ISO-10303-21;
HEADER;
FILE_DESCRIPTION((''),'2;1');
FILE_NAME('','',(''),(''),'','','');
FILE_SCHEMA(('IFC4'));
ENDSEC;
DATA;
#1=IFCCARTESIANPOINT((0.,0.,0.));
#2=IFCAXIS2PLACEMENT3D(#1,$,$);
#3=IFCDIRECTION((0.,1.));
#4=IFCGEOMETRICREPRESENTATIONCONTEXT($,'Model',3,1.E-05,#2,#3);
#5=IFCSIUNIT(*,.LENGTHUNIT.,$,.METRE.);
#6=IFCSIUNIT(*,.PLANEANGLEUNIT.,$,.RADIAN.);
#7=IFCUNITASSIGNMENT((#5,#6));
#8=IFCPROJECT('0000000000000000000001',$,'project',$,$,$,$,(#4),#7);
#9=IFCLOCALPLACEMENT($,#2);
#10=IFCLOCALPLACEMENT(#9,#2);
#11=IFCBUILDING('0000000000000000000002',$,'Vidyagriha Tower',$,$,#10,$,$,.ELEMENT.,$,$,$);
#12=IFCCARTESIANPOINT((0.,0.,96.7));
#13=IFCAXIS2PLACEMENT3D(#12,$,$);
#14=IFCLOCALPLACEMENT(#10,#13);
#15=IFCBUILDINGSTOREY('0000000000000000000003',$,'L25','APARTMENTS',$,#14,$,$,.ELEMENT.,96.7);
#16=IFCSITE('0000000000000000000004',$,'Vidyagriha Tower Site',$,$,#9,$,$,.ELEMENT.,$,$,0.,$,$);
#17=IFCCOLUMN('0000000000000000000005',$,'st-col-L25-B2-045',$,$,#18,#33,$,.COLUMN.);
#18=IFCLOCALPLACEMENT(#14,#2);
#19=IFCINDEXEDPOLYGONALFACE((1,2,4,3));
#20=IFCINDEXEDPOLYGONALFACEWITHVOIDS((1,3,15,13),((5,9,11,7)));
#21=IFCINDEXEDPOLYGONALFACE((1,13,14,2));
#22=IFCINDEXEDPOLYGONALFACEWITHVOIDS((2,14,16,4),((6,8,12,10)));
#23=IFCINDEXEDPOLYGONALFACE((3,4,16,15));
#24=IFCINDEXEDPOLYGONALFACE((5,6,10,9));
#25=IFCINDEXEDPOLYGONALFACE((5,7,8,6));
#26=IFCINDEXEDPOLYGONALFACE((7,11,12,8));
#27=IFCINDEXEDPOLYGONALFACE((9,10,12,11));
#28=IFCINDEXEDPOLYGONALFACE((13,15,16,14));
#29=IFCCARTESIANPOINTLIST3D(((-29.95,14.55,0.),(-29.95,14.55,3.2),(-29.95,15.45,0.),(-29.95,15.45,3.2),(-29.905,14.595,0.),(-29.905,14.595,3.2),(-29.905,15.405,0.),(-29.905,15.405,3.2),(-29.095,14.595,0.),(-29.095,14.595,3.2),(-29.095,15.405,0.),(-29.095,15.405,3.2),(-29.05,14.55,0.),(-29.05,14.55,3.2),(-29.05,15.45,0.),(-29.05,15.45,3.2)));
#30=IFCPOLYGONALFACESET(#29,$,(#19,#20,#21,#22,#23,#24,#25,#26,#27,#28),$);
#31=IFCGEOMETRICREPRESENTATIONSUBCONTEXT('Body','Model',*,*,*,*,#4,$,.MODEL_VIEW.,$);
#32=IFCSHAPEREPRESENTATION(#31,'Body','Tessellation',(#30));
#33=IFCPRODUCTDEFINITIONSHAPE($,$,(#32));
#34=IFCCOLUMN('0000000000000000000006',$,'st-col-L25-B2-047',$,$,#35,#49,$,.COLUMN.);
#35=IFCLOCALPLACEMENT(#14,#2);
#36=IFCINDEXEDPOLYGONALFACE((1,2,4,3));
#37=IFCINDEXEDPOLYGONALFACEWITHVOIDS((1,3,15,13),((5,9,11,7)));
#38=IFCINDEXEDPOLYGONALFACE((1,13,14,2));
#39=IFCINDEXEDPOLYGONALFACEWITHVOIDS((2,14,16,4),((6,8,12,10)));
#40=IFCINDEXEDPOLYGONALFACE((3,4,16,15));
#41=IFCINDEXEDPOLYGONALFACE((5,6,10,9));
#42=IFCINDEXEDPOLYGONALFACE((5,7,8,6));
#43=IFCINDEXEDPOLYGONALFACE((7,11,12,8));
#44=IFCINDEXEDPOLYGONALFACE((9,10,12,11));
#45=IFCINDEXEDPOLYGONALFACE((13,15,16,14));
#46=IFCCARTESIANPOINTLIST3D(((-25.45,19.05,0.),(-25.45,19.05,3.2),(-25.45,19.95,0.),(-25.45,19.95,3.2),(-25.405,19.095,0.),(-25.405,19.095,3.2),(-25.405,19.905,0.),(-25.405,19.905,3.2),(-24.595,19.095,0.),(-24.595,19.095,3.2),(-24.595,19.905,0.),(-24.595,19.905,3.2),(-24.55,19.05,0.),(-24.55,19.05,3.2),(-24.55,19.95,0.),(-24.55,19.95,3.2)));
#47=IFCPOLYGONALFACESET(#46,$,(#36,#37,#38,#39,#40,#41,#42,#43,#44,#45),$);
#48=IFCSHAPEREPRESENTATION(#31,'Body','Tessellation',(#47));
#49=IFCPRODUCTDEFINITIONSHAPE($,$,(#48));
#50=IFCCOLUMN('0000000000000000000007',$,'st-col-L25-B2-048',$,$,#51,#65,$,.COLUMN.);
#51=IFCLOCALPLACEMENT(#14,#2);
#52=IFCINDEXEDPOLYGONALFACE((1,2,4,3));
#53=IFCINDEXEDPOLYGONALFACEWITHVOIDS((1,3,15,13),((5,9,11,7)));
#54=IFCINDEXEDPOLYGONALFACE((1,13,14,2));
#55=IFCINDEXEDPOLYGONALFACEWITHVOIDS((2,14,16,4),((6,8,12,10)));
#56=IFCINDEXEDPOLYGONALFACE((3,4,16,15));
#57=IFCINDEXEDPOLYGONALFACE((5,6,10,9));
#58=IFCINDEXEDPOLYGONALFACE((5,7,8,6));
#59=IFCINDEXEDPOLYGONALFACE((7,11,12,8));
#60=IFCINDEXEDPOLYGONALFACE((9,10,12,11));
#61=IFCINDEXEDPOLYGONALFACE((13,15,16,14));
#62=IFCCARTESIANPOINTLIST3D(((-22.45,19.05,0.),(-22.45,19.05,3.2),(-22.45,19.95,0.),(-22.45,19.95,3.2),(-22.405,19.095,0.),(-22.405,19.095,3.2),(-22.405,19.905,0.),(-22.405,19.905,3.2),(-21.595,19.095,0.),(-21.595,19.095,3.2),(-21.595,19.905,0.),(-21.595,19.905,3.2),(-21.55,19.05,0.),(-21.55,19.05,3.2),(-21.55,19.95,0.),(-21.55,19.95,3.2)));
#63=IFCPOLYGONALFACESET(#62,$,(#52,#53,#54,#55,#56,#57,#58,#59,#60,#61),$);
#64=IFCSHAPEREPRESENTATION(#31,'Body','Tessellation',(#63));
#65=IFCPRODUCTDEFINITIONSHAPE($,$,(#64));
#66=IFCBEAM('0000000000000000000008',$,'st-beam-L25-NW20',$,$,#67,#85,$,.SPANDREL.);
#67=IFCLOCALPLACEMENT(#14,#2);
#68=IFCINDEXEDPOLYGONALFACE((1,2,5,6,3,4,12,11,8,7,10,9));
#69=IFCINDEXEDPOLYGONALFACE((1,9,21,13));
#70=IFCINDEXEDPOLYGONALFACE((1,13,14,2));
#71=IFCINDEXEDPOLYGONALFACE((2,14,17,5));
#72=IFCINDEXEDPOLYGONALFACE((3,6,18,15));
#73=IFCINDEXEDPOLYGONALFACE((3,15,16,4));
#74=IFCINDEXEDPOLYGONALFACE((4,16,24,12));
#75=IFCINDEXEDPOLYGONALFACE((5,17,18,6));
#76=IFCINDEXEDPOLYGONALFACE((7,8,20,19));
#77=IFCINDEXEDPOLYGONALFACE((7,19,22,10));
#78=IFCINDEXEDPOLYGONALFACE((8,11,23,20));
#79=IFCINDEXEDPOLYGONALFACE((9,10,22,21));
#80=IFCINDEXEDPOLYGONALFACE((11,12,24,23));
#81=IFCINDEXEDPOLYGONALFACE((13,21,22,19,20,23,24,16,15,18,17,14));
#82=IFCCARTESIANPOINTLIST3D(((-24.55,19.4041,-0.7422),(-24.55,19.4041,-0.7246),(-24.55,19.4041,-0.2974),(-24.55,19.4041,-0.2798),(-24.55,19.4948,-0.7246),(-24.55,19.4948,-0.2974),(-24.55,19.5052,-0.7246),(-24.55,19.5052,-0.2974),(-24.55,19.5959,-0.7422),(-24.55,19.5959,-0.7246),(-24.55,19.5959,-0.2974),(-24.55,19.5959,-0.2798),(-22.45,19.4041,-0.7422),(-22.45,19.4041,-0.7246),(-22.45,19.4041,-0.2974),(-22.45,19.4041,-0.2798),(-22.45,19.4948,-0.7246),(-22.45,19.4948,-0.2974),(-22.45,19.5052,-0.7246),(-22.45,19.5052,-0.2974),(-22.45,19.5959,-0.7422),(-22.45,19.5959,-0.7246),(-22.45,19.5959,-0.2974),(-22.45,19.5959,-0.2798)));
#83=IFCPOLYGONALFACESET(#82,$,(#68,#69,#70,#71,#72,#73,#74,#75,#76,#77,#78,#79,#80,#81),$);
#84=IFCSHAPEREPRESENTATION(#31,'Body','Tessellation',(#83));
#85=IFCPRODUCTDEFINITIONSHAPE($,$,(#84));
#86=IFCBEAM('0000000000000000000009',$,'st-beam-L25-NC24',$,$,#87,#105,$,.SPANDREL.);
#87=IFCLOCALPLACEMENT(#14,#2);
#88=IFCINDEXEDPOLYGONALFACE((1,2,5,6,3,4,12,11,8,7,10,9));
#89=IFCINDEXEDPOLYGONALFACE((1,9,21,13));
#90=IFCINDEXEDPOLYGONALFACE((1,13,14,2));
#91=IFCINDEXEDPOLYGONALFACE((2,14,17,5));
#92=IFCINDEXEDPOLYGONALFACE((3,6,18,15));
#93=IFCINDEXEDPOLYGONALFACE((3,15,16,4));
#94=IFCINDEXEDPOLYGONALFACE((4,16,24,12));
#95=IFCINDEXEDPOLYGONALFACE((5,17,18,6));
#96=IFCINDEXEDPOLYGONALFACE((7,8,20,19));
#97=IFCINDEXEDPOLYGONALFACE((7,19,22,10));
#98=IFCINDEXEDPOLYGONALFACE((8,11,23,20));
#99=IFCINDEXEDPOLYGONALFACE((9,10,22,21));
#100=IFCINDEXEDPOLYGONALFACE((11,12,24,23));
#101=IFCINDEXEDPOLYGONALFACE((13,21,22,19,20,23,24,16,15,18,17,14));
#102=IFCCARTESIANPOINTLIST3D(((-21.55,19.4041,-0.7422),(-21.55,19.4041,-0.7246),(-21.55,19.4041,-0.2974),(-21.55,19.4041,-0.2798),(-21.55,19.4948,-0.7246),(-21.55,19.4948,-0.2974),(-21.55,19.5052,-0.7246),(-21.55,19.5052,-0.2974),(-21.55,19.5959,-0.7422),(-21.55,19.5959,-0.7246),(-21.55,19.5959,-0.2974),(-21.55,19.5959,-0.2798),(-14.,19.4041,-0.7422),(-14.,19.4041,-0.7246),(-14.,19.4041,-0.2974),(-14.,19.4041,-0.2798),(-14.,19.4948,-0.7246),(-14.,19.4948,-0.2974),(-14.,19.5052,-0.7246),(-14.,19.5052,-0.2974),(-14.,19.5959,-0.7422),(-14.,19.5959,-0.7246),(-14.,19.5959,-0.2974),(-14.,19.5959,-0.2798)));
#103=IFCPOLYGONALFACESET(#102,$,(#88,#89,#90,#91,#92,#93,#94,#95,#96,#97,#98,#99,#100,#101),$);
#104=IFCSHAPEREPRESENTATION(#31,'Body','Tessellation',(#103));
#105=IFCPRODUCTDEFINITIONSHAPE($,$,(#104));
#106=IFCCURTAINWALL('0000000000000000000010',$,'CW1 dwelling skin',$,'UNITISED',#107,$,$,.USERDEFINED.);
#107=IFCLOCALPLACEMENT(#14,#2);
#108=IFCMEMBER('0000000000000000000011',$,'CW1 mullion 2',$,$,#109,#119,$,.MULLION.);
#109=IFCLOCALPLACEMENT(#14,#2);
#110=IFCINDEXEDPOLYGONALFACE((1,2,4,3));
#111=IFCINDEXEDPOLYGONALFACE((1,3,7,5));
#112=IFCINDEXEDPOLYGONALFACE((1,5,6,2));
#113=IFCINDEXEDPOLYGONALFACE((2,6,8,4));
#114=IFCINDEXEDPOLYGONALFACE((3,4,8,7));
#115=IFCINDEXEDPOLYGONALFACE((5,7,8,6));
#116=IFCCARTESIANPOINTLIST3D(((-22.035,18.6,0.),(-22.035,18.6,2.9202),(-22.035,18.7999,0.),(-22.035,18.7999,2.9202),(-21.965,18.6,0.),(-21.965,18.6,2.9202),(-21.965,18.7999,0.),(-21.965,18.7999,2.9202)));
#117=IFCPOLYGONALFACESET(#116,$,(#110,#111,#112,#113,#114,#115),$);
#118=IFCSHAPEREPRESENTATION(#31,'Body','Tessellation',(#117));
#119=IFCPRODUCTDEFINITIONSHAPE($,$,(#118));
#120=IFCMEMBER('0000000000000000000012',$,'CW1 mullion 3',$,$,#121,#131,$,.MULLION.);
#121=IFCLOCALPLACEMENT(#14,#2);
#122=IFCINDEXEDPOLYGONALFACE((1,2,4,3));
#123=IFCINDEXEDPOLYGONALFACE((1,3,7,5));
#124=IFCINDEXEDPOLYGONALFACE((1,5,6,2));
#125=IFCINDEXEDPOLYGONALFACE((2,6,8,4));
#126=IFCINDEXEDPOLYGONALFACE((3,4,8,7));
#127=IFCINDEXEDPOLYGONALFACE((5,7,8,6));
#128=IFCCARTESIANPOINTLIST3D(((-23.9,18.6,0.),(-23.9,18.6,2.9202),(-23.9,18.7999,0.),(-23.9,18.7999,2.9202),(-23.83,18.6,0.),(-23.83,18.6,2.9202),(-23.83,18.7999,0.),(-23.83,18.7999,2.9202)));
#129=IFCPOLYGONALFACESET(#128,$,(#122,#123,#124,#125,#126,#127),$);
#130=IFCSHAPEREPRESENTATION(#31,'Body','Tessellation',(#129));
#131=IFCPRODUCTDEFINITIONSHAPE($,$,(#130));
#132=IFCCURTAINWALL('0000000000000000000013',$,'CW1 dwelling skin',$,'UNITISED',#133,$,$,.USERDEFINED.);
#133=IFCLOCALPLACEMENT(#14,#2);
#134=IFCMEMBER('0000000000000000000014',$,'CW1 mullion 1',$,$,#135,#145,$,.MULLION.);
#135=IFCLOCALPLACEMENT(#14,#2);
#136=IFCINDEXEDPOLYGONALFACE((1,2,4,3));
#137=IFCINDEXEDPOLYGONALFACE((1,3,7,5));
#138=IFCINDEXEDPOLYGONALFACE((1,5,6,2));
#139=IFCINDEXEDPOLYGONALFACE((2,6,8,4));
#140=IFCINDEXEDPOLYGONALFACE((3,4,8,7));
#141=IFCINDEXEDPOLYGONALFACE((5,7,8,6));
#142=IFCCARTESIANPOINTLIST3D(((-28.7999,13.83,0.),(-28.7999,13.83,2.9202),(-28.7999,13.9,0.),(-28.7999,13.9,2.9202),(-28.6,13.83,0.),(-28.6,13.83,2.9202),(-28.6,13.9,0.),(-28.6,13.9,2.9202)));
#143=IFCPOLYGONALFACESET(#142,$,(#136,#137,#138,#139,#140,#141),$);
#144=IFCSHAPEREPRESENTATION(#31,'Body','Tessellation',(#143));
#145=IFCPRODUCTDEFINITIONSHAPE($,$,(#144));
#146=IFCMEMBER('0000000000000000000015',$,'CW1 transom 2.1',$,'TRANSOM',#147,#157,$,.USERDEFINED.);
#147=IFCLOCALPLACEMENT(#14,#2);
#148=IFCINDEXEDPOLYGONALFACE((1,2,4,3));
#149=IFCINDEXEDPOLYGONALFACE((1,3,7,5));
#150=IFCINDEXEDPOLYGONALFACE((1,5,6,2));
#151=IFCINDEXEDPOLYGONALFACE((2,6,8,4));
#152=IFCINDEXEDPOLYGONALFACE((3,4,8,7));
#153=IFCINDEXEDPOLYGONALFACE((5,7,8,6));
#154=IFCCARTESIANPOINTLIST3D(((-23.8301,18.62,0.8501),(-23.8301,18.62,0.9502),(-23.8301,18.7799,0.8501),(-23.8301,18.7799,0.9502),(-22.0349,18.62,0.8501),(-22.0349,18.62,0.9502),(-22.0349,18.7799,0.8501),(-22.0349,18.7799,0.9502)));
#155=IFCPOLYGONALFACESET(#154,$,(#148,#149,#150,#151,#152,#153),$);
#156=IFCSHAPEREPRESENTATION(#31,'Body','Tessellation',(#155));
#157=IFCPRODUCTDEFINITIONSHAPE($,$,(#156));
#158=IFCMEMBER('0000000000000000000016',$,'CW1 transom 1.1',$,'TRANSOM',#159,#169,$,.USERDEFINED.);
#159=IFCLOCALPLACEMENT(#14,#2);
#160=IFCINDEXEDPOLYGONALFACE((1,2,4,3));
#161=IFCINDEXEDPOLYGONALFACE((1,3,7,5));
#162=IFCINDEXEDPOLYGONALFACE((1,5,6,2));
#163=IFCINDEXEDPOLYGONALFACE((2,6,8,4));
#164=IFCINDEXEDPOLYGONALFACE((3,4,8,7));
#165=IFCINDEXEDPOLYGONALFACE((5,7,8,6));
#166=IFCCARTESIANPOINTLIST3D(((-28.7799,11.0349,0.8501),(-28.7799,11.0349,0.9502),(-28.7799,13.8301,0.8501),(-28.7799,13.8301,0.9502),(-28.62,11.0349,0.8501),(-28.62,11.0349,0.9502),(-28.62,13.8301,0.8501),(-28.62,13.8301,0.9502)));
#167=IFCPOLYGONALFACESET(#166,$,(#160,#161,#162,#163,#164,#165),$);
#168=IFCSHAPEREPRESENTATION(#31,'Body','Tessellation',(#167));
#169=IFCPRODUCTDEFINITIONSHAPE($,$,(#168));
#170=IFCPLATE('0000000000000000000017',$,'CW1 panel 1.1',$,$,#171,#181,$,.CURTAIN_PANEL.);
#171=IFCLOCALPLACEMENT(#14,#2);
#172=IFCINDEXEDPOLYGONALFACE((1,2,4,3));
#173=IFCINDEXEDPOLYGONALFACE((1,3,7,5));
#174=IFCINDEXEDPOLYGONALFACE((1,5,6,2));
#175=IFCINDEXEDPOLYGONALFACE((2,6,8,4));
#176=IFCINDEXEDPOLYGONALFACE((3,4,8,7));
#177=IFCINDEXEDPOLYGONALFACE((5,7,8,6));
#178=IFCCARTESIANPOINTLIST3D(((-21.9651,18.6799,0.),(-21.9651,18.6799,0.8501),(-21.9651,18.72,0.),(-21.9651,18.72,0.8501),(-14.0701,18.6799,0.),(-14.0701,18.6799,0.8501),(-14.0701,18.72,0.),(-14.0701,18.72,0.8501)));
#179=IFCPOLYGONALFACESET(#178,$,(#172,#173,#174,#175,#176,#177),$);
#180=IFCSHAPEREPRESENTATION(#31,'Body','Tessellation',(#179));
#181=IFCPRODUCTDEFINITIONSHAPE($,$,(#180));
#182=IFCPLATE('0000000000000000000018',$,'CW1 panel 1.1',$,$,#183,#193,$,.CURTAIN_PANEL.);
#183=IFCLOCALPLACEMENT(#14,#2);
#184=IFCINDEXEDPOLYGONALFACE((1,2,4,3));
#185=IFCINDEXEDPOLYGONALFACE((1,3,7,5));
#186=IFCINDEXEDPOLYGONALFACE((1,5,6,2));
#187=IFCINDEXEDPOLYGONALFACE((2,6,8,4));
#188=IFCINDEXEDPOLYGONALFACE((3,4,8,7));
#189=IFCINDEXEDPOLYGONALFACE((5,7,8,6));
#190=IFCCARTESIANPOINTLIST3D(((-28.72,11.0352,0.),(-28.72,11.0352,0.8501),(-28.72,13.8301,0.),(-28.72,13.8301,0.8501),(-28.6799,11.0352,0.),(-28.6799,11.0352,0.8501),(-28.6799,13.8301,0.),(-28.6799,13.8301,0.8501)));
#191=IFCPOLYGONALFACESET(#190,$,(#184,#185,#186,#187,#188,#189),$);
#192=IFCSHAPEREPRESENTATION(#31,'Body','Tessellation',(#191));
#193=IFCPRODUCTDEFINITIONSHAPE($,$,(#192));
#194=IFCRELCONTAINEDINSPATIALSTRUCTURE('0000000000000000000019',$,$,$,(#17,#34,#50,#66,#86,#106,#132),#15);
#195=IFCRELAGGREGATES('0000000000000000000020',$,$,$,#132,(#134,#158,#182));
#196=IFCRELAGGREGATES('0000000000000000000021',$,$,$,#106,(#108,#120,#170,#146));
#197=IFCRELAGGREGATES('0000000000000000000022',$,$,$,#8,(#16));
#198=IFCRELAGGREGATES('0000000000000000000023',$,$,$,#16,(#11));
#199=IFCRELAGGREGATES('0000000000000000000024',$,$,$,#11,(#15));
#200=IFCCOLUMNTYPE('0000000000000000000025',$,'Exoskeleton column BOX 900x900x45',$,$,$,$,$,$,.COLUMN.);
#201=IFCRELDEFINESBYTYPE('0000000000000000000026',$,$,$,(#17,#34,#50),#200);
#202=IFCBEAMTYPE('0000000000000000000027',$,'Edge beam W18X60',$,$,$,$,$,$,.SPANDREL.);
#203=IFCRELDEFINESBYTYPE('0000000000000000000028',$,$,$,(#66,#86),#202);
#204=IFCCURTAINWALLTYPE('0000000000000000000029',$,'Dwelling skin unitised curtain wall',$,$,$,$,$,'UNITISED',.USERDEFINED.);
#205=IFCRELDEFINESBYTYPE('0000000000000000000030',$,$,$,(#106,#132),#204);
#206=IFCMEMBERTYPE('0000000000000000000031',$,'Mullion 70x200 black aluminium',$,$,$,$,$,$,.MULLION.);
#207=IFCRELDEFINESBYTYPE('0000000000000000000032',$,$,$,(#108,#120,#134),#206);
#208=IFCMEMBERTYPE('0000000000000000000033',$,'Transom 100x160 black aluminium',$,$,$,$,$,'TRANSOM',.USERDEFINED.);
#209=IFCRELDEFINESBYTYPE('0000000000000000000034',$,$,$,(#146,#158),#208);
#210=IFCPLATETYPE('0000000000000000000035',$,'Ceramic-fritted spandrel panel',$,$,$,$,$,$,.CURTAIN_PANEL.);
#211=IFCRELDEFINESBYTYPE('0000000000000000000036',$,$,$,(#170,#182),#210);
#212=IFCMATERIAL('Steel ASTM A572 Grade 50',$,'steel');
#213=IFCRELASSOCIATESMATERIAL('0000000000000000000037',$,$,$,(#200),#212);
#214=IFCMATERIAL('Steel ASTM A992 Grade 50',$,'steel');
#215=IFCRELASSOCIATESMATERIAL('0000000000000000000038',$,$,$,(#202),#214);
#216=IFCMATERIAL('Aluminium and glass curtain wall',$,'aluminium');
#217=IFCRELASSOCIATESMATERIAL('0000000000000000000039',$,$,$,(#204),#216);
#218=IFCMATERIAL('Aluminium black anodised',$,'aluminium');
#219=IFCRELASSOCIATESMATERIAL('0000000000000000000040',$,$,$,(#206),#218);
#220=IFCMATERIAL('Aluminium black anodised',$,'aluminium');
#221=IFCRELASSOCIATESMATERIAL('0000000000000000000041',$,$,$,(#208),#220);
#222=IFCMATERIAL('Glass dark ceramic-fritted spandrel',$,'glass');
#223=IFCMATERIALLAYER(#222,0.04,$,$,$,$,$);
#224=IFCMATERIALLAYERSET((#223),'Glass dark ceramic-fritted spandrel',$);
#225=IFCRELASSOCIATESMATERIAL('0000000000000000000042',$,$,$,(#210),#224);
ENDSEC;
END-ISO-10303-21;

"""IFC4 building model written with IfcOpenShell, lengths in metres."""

from ifc_helpers import new_model, si_unit, direction, frame, origin, origin_2d, place, context, subcontext, project, spatial, rectangle, hollow_rectangle, i_section, extrude, material, layer, layer_set, material_profile, profile_set, type_object, element, aggregate, save


model = new_model("IFC4")

# Units and contexts
model_context = context("Model", 3, precision=1e-05, world=origin(), true_north=direction((0.0, 1.0)))
body_context = subcontext(model_context, "Body", "Model", "MODEL_VIEW")
ifc_project = project(units=[si_unit("LENGTHUNIT", "METRE"), si_unit("PLANEANGLEUNIT", "RADIAN")], contexts=[model_context])

# Site, building, storey
site_placement = place(None, origin())
site = spatial("IfcSite", under=ifc_project, at=site_placement, Name="Vidyagriha Tower Site", CompositionType="ELEMENT", RefElevation=0.0)
building_placement = place(site_placement, origin())
building = spatial("IfcBuilding", under=site, at=building_placement, Name="Vidyagriha Tower", CompositionType="ELEMENT")
storey_placement = place(building_placement, frame((0.0, 0.0, 96.7)))
storey = spatial("IfcBuildingStorey", under=building, at=storey_placement, Name="L25", Description="APARTMENTS", CompositionType="ELEMENT", Elevation=96.7)

# Columns
ifc_material_1 = material(Name="Steel ASTM A572 Grade 50", Category="steel")
ifc_material_profile_1 = material_profile(ifc_material_1, hollow_rectangle(XDim=0.8999, YDim=0.8999, WallThickness=0.0449, at=origin_2d()), Name="BOX 900x900x45")
ifc_profile_set_1 = profile_set([ifc_material_profile_1], Name="Steel ASTM A572 Grade 50")
column_type = type_object("IfcColumnType", Name="Exoskeleton column BOX 900x900x45", PredefinedType="COLUMN", material=ifc_profile_set_1)
for number, where, name in (
    (1, (-29.5, 15.0, 0.0), "st-col-L25-B2-045"),
    (2, (-25.0, 19.5, 0.0), "st-col-L25-B2-047"),
    (3, (-22.0, 19.5, 0.0), "st-col-L25-B2-048"),
):
    element("IfcColumn", number, at=place(storey_placement, frame(where)), inside=storey, type_object=column_type, Name=name, PredefinedType="COLUMN", context=body_context, shape_type="SweptSolid", body=[
        extrude(hollow_rectangle(XDim=0.8999, YDim=0.8999, WallThickness=0.0449, at=origin_2d()), origin(), (0.0, 0.0, 1.0), 3.2),
    ])

# Beams
ifc_material_2 = material(Name="Steel ASTM A992 Grade 50", Category="steel")
ifc_material_profile_2 = material_profile(ifc_material_2, i_section(OverallWidth=0.1919, OverallDepth=0.4624, WebThickness=0.0105, FlangeThickness=0.0176, at=origin_2d()), Name="W18X60")
ifc_profile_set_2 = profile_set([ifc_material_profile_2], Name="Steel ASTM A992 Grade 50")
beam_type = type_object("IfcBeamType", Name="Edge beam W18X60", PredefinedType="SPANDREL", material=ifc_profile_set_2)
beam_1_placement = place(storey_placement, frame((-24.55, 19.5, -0.511), z_axis=(1.0, 0.0, 0.0), x_axis=(0.0, 1.0, 0.0)))
element("IfcBeam", 4, at=beam_1_placement, inside=storey, type_object=beam_type, Name="st-beam-L25-NW20", PredefinedType="SPANDREL", context=body_context, shape_type="SweptSolid", body=[
    extrude(i_section(OverallWidth=0.1919, OverallDepth=0.4624, WebThickness=0.0105, FlangeThickness=0.0176, at=origin_2d()), origin(), (0.0, 0.0, 1.0), 2.1001),
])
beam_2_placement = place(storey_placement, frame((-21.55, 19.5, -0.511), z_axis=(1.0, 0.0, 0.0), x_axis=(0.0, 1.0, 0.0)))
element("IfcBeam", 5, at=beam_2_placement, inside=storey, type_object=beam_type, Name="st-beam-L25-NC24", PredefinedType="SPANDREL", context=body_context, shape_type="SweptSolid", body=[
    extrude(i_section(OverallWidth=0.1919, OverallDepth=0.4624, WebThickness=0.0105, FlangeThickness=0.0176, at=origin_2d()), origin(), (0.0, 0.0, 1.0), 7.55),
])

# Curtain wall, members
ifc_material_3 = material(Name="Aluminium and glass curtain wall", Category="aluminium")
curtain_wall_type = type_object("IfcCurtainWallType", Name="Dwelling skin unitised curtain wall", ElementType="UNITISED", PredefinedType="USERDEFINED", material=ifc_material_3)
curtain_wall_1_placement = place(storey_placement, origin())
curtain_wall_1 = element("IfcCurtainWall", 6, at=curtain_wall_1_placement, inside=storey, type_object=curtain_wall_type, Name="CW1 dwelling skin", ObjectType="UNITISED", PredefinedType="USERDEFINED")
ifc_material_4 = material(Name="Aluminium black anodised", Category="aluminium")
ifc_material_profile_3 = material_profile(ifc_material_4, rectangle(XDim=0.2, YDim=0.0701, at=origin_2d()), Name="Mullion 70x200 black aluminium")
ifc_profile_set_3 = profile_set([ifc_material_profile_3], Name="Aluminium black anodised")
member_type_1 = type_object("IfcMemberType", Name="Mullion 70x200 black aluminium", PredefinedType="MULLION", material=ifc_profile_set_3)
member_1_placement = place(storey_placement, frame((-22.0, 18.7, 0.0), z_axis=(0.0, 0.0, 1.0), x_axis=(0.0, -1.0, 0.0)))
member_1 = element("IfcMember", 7, at=member_1_placement, type_object=member_type_1, Name="CW1 mullion 2", PredefinedType="MULLION", context=body_context, shape_type="SweptSolid", body=[
    extrude(rectangle(XDim=0.2, YDim=0.0701, at=origin_2d()), origin(), (0.0, 0.0, 1.0), 2.9202),
])
member_2_placement = place(storey_placement, frame((-23.865, 18.7, 0.0), z_axis=(0.0, 0.0, 1.0), x_axis=(0.0, -1.0, 0.0)))
member_2 = element("IfcMember", 8, at=member_2_placement, type_object=member_type_1, Name="CW1 mullion 3", PredefinedType="MULLION", context=body_context, shape_type="SweptSolid", body=[
    extrude(rectangle(XDim=0.2, YDim=0.0701, at=origin_2d()), origin(), (0.0, 0.0, 1.0), 2.9202),
])

# Curtain wall, member
curtain_wall_2_placement = place(storey_placement, origin())
curtain_wall_2 = element("IfcCurtainWall", 9, at=curtain_wall_2_placement, inside=storey, type_object=curtain_wall_type, Name="CW1 dwelling skin", ObjectType="UNITISED", PredefinedType="USERDEFINED")
member_3_placement = place(storey_placement, frame((-28.7, 13.865, 0.0)))
member_3 = element("IfcMember", 10, at=member_3_placement, type_object=member_type_1, Name="CW1 mullion 1", PredefinedType="MULLION", context=body_context, shape_type="SweptSolid", body=[
    extrude(rectangle(XDim=0.2, YDim=0.0701, at=origin_2d()), origin(), (0.0, 0.0, 1.0), 2.9202),
])

# Members
ifc_material_5 = material(Name="Aluminium black anodised", Category="aluminium")
ifc_material_profile_4 = material_profile(ifc_material_5, rectangle(XDim=0.1599, YDim=0.1001, at=origin_2d()), Name="Transom 100x160 black aluminium")
ifc_profile_set_4 = profile_set([ifc_material_profile_4], Name="Aluminium black anodised")
member_type_2 = type_object("IfcMemberType", Name="Transom 100x160 black aluminium", ElementType="TRANSOM", PredefinedType="USERDEFINED", material=ifc_profile_set_4)
member_4_placement = place(storey_placement, frame((-22.0349, 18.7, 0.9001), z_axis=(-1.0, 0.0, 0.0), x_axis=(0.0, -1.0, 0.0)))
member_4 = element("IfcMember", 11, at=member_4_placement, type_object=member_type_2, Name="CW1 transom 2.1", ObjectType="TRANSOM", PredefinedType="USERDEFINED", context=body_context, shape_type="SweptSolid", body=[
    extrude(rectangle(XDim=0.1599, YDim=0.1001, at=origin_2d()), origin(), (0.0, 0.0, 1.0), 1.7952),
])
member_5_placement = place(storey_placement, frame((-28.7, 13.8301, 0.9001), z_axis=(0.0, -1.0, 0.0), x_axis=(1.0, 0.0, 0.0)))
member_5 = element("IfcMember", 12, at=member_5_placement, type_object=member_type_2, Name="CW1 transom 1.1", ObjectType="TRANSOM", PredefinedType="USERDEFINED", context=body_context, shape_type="SweptSolid", body=[
    extrude(rectangle(XDim=0.1599, YDim=0.1001, at=origin_2d()), origin(), (0.0, 0.0, 1.0), 2.7952),
])

# Plates
ifc_material_6 = material(Name="Glass dark ceramic-fritted spandrel", Category="glass")
ifc_layer_1 = layer(ifc_material_6, 0.04)
ifc_layer_set_1 = layer_set([ifc_layer_1], Name="Glass dark ceramic-fritted spandrel")
plate_type_1 = type_object("IfcPlateType", Name="Ceramic-fritted spandrel panel", PredefinedType="CURTAIN_PANEL", material=ifc_layer_set_1)
plate_1_placement = place(storey_placement, frame((-18.0176, 18.7, 0.0), z_axis=(0.0, 0.0, 1.0), x_axis=(-1.0, 0.0, 0.0)))
plate_1 = element("IfcPlate", 13, at=plate_1_placement, type_object=plate_type_1, Name="CW1 panel 1.1", PredefinedType="CURTAIN_PANEL", context=body_context, shape_type="SweptSolid", body=[
    extrude(rectangle(XDim=7.895, YDim=0.04, at=origin_2d()), origin(), (0.0, 0.0, 1.0), 0.8501),
])
plate_2_placement = place(storey_placement, frame((-28.7, 12.4326, 0.0), z_axis=(0.0, 0.0, 1.0), x_axis=(0.0, -1.0, 0.0)))
plate_2 = element("IfcPlate", 14, at=plate_2_placement, type_object=plate_type_1, Name="CW1 panel 1.1", PredefinedType="CURTAIN_PANEL", context=body_context, shape_type="SweptSolid", body=[
    extrude(rectangle(XDim=2.7949, YDim=0.04, at=origin_2d()), origin(), (0.0, 0.0, 1.0), 0.8501),
])
aggregate(curtain_wall_2, [member_3, member_5, plate_2])
aggregate(curtain_wall_1, [member_1, member_2, plate_1, member_4])

save(model, "model.ifc")
